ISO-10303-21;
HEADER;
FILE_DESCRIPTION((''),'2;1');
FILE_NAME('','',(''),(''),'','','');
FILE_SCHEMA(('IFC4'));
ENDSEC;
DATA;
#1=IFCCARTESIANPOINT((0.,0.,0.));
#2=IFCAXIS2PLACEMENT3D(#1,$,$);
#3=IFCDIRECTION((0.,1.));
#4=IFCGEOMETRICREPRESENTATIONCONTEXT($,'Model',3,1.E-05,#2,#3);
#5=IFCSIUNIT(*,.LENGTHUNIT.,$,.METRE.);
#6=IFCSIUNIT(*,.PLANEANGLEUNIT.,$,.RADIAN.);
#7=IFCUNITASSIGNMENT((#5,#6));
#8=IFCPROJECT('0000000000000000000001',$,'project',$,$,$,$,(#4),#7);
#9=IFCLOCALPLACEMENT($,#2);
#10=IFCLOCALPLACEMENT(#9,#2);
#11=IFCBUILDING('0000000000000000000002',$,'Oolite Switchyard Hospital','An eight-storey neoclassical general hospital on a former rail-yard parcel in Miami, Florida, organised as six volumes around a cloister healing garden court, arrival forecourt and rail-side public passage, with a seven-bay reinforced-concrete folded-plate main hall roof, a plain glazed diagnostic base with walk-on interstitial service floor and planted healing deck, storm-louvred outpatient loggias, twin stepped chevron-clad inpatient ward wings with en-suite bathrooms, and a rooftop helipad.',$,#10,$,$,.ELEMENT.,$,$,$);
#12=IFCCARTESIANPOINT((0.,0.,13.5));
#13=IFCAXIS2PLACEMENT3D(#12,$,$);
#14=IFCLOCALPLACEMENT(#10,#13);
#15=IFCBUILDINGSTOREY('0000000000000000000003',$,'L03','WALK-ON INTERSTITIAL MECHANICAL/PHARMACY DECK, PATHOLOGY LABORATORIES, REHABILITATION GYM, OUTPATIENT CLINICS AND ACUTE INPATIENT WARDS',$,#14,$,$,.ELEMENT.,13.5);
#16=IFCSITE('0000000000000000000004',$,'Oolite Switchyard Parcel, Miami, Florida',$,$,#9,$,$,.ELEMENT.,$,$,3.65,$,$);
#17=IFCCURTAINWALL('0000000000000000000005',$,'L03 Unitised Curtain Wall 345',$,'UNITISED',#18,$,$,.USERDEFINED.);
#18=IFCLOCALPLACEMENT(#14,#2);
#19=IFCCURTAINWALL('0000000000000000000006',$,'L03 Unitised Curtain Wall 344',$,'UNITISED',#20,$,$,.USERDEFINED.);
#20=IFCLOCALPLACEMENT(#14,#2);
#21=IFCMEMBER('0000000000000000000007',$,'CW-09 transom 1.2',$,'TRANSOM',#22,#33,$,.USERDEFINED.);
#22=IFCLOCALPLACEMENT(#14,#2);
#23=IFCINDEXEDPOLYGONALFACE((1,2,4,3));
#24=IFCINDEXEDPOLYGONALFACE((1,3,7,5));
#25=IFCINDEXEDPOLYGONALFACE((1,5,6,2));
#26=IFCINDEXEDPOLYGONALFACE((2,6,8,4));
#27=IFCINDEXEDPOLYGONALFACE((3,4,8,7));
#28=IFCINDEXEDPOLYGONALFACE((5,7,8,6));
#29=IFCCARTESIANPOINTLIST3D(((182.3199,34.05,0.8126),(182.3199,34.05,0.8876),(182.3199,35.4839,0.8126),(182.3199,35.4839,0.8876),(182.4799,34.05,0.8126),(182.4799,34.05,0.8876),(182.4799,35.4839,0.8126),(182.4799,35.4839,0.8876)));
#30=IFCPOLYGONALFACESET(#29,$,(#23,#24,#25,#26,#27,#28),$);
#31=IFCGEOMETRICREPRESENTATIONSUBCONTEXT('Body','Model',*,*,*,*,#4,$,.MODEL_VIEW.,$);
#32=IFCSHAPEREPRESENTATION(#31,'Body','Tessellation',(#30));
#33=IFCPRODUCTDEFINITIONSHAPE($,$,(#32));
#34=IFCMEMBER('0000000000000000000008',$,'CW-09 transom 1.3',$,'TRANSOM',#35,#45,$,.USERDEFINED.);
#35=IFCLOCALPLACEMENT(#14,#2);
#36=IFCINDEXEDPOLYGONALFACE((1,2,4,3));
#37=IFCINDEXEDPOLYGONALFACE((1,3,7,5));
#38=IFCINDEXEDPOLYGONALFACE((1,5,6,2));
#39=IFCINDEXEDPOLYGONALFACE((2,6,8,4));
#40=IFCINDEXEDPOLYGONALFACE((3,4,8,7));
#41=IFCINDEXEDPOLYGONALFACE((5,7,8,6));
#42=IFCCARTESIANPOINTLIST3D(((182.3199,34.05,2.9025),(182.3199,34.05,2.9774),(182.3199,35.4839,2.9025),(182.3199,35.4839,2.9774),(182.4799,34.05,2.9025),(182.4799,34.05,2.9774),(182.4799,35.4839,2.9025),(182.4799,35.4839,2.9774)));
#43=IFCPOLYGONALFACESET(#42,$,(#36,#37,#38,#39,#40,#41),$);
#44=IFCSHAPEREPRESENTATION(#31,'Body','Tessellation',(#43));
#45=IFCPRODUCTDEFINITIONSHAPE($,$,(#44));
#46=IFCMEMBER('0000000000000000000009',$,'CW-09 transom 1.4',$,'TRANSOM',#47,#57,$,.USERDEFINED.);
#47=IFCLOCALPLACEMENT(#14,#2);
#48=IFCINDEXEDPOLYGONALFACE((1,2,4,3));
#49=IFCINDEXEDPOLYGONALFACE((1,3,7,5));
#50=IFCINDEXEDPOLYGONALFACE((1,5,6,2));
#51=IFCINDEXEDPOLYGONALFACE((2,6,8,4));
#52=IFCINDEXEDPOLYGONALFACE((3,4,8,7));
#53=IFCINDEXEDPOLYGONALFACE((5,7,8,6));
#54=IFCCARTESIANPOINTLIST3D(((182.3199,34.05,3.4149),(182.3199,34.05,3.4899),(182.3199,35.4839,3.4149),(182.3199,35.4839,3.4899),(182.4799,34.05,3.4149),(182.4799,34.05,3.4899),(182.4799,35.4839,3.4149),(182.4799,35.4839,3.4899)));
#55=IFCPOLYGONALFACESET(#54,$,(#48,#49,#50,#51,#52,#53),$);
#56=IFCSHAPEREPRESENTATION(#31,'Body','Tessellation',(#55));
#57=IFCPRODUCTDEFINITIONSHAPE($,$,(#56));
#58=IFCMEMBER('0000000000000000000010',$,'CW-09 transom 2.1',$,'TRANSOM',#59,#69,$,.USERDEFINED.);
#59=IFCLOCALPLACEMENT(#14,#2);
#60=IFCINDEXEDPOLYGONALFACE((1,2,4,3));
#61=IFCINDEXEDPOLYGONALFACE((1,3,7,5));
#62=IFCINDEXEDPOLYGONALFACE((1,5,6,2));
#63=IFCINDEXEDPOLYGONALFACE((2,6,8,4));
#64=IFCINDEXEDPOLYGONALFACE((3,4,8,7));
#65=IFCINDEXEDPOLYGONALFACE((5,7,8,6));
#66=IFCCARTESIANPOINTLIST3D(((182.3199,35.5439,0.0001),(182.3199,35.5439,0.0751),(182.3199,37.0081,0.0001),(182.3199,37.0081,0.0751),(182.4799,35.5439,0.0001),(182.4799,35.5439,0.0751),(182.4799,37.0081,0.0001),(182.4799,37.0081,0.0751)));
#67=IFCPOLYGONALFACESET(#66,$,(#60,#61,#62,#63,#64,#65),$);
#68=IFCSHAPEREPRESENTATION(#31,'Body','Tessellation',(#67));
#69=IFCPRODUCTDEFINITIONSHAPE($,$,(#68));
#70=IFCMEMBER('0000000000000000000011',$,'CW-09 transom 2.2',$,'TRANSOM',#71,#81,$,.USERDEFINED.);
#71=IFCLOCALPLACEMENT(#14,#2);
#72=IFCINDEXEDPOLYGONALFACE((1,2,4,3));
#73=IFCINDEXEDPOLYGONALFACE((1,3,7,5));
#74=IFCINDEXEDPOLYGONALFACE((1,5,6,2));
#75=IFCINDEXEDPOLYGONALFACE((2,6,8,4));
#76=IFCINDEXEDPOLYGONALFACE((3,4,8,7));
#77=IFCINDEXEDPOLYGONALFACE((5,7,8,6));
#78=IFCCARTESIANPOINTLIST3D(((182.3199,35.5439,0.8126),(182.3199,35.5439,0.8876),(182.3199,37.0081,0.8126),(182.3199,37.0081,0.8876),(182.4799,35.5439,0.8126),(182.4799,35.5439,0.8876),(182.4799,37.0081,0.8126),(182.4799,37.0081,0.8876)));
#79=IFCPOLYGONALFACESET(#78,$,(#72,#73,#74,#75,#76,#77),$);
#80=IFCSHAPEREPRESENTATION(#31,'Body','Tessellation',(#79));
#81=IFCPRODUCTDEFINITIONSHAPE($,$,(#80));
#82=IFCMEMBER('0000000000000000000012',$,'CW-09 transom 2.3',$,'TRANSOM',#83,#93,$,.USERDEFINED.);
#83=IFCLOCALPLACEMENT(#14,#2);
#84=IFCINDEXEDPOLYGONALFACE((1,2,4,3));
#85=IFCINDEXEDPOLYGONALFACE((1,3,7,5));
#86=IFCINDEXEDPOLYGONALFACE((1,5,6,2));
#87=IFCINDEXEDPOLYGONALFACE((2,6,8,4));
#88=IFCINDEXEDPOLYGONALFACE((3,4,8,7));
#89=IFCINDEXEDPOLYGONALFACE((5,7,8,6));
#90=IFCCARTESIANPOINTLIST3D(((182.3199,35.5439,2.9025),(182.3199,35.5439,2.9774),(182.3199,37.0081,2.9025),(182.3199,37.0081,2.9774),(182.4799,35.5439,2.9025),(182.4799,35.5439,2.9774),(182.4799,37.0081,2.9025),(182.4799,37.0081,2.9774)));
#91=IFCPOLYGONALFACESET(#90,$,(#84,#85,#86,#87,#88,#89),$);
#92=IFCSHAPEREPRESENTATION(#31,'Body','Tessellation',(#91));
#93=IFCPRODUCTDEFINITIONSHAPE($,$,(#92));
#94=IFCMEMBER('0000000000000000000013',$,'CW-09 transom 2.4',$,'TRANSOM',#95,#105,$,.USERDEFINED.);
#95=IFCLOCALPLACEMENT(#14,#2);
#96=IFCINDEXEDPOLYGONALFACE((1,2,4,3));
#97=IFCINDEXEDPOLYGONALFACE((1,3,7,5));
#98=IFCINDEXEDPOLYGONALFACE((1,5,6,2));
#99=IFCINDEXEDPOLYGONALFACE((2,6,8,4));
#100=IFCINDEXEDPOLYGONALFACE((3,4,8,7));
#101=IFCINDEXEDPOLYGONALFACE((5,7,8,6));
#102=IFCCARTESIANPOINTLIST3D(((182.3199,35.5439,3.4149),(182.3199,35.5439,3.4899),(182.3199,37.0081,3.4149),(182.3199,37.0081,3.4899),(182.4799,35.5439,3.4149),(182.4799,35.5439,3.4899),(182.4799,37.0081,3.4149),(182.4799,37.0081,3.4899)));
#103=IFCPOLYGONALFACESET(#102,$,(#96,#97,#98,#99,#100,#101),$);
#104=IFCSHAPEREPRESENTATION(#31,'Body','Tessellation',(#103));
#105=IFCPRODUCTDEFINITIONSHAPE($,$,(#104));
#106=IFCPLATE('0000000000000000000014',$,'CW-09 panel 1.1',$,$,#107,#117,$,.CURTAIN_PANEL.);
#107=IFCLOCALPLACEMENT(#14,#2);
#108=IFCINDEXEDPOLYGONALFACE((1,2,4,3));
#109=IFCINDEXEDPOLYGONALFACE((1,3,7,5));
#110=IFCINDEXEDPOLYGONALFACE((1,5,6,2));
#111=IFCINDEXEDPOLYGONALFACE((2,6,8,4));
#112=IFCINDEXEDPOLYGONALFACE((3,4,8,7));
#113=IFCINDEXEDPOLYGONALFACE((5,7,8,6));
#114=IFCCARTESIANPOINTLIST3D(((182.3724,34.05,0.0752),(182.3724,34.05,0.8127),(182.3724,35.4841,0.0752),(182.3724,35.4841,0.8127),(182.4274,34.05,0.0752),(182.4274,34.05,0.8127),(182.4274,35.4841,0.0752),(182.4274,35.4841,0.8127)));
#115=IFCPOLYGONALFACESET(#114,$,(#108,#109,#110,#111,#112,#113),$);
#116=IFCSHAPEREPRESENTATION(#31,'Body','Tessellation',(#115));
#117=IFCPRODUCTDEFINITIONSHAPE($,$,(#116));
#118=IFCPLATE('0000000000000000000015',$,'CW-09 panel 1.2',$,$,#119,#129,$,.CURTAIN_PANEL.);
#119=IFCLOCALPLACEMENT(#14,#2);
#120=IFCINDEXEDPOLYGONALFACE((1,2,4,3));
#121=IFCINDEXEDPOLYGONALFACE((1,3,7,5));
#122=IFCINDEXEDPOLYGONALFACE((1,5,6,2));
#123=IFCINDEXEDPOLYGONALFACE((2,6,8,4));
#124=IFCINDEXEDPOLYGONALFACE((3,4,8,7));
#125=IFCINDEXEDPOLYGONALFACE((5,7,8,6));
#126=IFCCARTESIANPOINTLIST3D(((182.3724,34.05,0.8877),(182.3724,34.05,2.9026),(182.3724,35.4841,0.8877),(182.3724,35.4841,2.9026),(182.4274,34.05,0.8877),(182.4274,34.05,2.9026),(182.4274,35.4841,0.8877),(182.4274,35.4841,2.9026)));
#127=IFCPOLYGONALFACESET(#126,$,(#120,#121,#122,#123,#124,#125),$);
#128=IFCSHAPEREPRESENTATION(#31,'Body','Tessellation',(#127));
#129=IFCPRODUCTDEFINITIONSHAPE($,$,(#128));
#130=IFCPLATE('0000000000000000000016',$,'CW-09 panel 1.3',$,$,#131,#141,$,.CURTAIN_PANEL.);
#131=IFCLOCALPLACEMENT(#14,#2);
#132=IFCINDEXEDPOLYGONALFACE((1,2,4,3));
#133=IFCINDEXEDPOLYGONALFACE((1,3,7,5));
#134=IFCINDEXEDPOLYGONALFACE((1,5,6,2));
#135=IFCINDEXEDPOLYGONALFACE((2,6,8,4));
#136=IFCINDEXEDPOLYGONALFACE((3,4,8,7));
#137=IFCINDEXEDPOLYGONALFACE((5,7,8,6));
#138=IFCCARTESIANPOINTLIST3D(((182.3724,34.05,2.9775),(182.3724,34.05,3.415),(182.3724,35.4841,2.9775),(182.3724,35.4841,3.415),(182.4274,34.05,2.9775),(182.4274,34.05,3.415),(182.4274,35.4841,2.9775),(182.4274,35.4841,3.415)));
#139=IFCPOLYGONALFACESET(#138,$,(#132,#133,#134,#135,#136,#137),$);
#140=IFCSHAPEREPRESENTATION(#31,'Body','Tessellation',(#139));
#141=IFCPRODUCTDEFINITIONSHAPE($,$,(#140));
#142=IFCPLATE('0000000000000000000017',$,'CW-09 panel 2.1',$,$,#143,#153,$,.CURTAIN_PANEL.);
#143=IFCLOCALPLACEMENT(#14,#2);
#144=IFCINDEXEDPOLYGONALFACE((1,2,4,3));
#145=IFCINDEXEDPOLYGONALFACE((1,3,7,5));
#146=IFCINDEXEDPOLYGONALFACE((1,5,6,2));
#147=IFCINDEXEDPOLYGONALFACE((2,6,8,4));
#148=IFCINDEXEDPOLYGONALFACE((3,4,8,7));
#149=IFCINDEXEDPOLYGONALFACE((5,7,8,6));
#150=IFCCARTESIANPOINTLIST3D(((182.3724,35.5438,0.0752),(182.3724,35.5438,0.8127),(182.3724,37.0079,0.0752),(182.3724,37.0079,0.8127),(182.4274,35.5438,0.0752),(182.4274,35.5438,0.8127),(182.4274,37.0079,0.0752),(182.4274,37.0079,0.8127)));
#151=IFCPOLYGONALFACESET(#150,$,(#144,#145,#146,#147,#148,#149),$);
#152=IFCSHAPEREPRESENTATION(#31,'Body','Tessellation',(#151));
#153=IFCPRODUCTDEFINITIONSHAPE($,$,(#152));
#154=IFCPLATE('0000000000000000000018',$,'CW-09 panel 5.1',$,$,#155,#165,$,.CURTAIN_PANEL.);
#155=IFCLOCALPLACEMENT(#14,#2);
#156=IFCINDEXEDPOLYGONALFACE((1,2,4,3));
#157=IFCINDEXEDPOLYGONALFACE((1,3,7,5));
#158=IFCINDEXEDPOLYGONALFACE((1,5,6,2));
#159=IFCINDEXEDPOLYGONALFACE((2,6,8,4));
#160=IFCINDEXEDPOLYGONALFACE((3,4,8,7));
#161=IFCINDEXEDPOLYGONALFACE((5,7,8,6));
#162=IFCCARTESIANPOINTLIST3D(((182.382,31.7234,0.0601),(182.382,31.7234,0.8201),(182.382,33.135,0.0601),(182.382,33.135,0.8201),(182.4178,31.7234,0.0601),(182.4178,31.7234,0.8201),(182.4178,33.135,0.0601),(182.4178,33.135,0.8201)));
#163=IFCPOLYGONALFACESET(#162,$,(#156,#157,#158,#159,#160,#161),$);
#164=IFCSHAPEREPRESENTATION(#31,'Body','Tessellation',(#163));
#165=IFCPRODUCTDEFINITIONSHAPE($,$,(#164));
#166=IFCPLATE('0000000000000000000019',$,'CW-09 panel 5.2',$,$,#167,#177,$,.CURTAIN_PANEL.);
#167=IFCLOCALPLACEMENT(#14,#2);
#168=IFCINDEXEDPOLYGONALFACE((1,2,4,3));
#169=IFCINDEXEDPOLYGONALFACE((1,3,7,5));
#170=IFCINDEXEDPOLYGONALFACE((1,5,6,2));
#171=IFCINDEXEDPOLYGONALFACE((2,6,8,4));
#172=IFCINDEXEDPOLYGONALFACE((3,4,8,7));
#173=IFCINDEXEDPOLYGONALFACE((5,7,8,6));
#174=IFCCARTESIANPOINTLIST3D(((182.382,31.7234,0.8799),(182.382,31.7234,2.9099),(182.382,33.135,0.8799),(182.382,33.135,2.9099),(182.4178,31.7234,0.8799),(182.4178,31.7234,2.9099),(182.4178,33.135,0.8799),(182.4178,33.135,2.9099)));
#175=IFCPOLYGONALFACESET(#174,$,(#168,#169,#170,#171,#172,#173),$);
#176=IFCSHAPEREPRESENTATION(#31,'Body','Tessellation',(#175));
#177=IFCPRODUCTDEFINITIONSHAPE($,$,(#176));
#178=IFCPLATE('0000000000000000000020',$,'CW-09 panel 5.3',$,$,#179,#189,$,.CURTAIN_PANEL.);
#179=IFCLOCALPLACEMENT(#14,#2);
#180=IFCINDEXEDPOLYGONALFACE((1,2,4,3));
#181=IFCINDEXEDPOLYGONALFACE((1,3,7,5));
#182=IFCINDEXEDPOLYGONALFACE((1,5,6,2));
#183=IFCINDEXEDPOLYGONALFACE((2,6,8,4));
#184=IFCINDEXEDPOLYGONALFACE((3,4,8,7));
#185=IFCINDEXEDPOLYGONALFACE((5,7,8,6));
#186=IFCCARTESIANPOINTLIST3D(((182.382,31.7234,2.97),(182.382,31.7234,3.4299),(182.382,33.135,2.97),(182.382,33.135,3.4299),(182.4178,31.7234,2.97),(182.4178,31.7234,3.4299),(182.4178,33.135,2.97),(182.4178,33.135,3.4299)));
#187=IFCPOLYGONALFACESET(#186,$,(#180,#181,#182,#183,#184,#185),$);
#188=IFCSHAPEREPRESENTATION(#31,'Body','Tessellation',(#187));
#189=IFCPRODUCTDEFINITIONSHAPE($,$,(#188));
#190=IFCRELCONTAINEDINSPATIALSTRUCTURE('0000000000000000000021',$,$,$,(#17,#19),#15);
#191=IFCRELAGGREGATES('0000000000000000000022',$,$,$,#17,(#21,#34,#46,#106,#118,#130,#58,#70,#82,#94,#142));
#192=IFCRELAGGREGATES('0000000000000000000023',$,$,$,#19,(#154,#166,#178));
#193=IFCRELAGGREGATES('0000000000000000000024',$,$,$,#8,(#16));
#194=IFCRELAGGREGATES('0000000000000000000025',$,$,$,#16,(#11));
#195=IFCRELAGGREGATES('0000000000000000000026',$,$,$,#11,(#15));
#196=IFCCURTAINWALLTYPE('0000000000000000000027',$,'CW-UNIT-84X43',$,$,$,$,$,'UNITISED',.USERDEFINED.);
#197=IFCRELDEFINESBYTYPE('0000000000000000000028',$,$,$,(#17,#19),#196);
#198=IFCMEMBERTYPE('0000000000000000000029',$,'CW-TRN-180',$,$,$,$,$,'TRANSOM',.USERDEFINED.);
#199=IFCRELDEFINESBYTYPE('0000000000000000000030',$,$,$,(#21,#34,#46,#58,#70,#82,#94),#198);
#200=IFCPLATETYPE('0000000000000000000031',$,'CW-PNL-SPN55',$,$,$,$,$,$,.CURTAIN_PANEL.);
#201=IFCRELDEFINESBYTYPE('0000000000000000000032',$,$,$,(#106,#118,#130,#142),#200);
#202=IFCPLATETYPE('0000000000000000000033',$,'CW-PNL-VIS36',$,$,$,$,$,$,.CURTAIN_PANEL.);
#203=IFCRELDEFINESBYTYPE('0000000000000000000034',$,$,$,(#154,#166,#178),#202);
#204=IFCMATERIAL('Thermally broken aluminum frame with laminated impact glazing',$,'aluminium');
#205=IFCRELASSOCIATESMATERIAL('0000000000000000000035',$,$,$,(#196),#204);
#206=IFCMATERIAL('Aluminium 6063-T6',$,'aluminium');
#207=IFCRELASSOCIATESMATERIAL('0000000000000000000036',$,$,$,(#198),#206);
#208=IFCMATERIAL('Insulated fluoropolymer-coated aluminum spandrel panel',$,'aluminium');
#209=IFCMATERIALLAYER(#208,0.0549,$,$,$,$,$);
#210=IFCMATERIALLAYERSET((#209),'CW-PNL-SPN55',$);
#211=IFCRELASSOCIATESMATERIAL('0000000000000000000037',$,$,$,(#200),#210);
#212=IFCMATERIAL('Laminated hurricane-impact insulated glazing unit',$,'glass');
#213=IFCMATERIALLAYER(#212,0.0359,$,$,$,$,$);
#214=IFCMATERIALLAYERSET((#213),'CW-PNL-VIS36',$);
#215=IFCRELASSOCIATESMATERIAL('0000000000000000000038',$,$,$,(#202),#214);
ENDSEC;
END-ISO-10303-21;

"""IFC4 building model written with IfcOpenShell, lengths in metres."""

from ifc_helpers import new_model, si_unit, direction, frame, origin, origin_2d, place, context, subcontext, project, spatial, rectangle, extrude, material, layer, layer_set, material_profile, profile_set, type_object, element, aggregate, save


model = new_model("IFC4")

# Units and contexts
model_context = context("Model", 3, precision=1e-05, world=origin(), true_north=direction((0.0, 1.0)))
body_context = subcontext(model_context, "Body", "Model", "MODEL_VIEW")
ifc_project = project(units=[si_unit("LENGTHUNIT", "METRE"), si_unit("PLANEANGLEUNIT", "RADIAN")], contexts=[model_context])

# Site, building, storey
site_placement = place(None, origin())
site = spatial("IfcSite", under=ifc_project, at=site_placement, Name="Oolite Switchyard Parcel, Miami, Florida", CompositionType="ELEMENT", RefElevation=3.65)
building_placement = place(site_placement, origin())
building = spatial("IfcBuilding", under=site, at=building_placement, Name="Oolite Switchyard Hospital", Description="An eight-storey neoclassical general hospital on a former rail-yard parcel in Miami, Florida, organised as six volumes around a cloister healing garden court, arrival forecourt and rail-side public passage, with a seven-bay reinforced-concrete folded-plate main hall roof, a plain glazed diagnostic base with walk-on interstitial service floor and planted healing deck, storm-louvred outpatient loggias, twin stepped chevron-clad inpatient ward wings with en-suite bathrooms, and a rooftop helipad.", CompositionType="ELEMENT")
storey_placement = place(building_placement, frame((0.0, 0.0, 13.5)))
storey = spatial("IfcBuildingStorey", under=building, at=storey_placement, Name="L03", Description="WALK-ON INTERSTITIAL MECHANICAL/PHARMACY DECK, PATHOLOGY LABORATORIES, REHABILITATION GYM, OUTPATIENT CLINICS AND ACUTE INPATIENT WARDS", CompositionType="ELEMENT", Elevation=13.5)

# Curtain walls
ifc_material_1 = material(Name="Thermally broken aluminum frame with laminated impact glazing", Category="aluminium")
curtain_wall_type = type_object("IfcCurtainWallType", Name="CW-UNIT-84X43", ElementType="UNITISED", PredefinedType="USERDEFINED", material=ifc_material_1)
curtain_wall_1_placement = place(storey_placement, origin())
curtain_wall_1 = element("IfcCurtainWall", 1, at=curtain_wall_1_placement, inside=storey, type_object=curtain_wall_type, Name="L03 Unitised Curtain Wall 345", ObjectType="UNITISED", PredefinedType="USERDEFINED")
ifc_material_2 = material(Name="Aluminium 6063-T6", Category="aluminium")
curtain_wall_2_placement = place(storey_placement, origin())
curtain_wall_2 = element("IfcCurtainWall", 2, at=curtain_wall_2_placement, inside=storey, type_object=curtain_wall_type, Name="L03 Unitised Curtain Wall 344", ObjectType="UNITISED", PredefinedType="USERDEFINED")

# Members
ifc_material_profile_1 = material_profile(ifc_material_2, rectangle(XDim=0.1599, YDim=0.075, at=origin_2d()), Name="CWT75X160")
ifc_profile_set_1 = profile_set([ifc_material_profile_1], Name="Aluminium 6063-T6")
member_type_1 = type_object("IfcMemberType", Name="CW-TRN-180", ElementType="TRANSOM", PredefinedType="USERDEFINED", material=ifc_profile_set_1)
member_1_placement = place(storey_placement, frame((182.3999, 34.05, 0.8501), z_axis=(0.0, 1.0, 0.0), x_axis=(-1.0, 0.0, 0.0)))
member_1 = element("IfcMember", 3, at=member_1_placement, type_object=member_type_1, Name="CW-09 transom 1.2", ObjectType="TRANSOM", PredefinedType="USERDEFINED", context=body_context, shape_type="SweptSolid", body=[
    extrude(rectangle(XDim=0.1599, YDim=0.075, at=origin_2d()), origin(), (0.0, 0.0, 1.0), 1.4338),
])
member_2_placement = place(storey_placement, frame((182.3999, 34.05, 2.9399), z_axis=(0.0, 1.0, 0.0), x_axis=(-1.0, 0.0, 0.0)))
member_2 = element("IfcMember", 4, at=member_2_placement, type_object=member_type_1, Name="CW-09 transom 1.3", ObjectType="TRANSOM", PredefinedType="USERDEFINED", context=body_context, shape_type="SweptSolid", body=[
    extrude(rectangle(XDim=0.1599, YDim=0.075, at=origin_2d()), origin(), (0.0, 0.0, 1.0), 1.4338),
])
member_3_placement = place(storey_placement, frame((182.3999, 34.05, 3.4524), z_axis=(0.0, 1.0, 0.0), x_axis=(-1.0, 0.0, 0.0)))
member_3 = element("IfcMember", 5, at=member_3_placement, type_object=member_type_1, Name="CW-09 transom 1.4", ObjectType="TRANSOM", PredefinedType="USERDEFINED", context=body_context, shape_type="SweptSolid", body=[
    extrude(rectangle(XDim=0.1599, YDim=0.075, at=origin_2d()), origin(), (0.0, 0.0, 1.0), 1.4338),
])
member_4_placement = place(storey_placement, frame((182.3999, 35.5439, 0.0376), z_axis=(0.0, 1.0, 0.0), x_axis=(-1.0, 0.0, 0.0)))
member_4 = element("IfcMember", 6, at=member_4_placement, type_object=member_type_1, Name="CW-09 transom 2.1", ObjectType="TRANSOM", PredefinedType="USERDEFINED", context=body_context, shape_type="SweptSolid", body=[
    extrude(rectangle(XDim=0.1599, YDim=0.075, at=origin_2d()), origin(), (0.0, 0.0, 1.0), 1.4641),
])
member_5_placement = place(storey_placement, frame((182.3999, 35.5439, 0.8501), z_axis=(0.0, 1.0, 0.0), x_axis=(-1.0, 0.0, 0.0)))
member_5 = element("IfcMember", 7, at=member_5_placement, type_object=member_type_1, Name="CW-09 transom 2.2", ObjectType="TRANSOM", PredefinedType="USERDEFINED", context=body_context, shape_type="SweptSolid", body=[
    extrude(rectangle(XDim=0.1599, YDim=0.075, at=origin_2d()), origin(), (0.0, 0.0, 1.0), 1.4641),
])
member_6_placement = place(storey_placement, frame((182.3999, 35.5439, 2.9399), z_axis=(0.0, 1.0, 0.0), x_axis=(-1.0, 0.0, 0.0)))
member_6 = element("IfcMember", 8, at=member_6_placement, type_object=member_type_1, Name="CW-09 transom 2.3", ObjectType="TRANSOM", PredefinedType="USERDEFINED", context=body_context, shape_type="SweptSolid", body=[
    extrude(rectangle(XDim=0.1599, YDim=0.075, at=origin_2d()), origin(), (0.0, 0.0, 1.0), 1.4641),
])
member_7_placement = place(storey_placement, frame((182.3999, 35.5439, 3.4524), z_axis=(0.0, 1.0, 0.0), x_axis=(-1.0, 0.0, 0.0)))
member_7 = element("IfcMember", 9, at=member_7_placement, type_object=member_type_1, Name="CW-09 transom 2.4", ObjectType="TRANSOM", PredefinedType="USERDEFINED", context=body_context, shape_type="SweptSolid", body=[
    extrude(rectangle(XDim=0.1599, YDim=0.075, at=origin_2d()), origin(), (0.0, 0.0, 1.0), 1.4641),
])

# Plates
ifc_material_3 = material(Name="Insulated fluoropolymer-coated aluminum spandrel panel", Category="aluminium")
ifc_layer_1 = layer(ifc_material_3, 0.0549)
ifc_layer_set_1 = layer_set([ifc_layer_1], Name="CW-PNL-SPN55")
plate_type_1 = type_object("IfcPlateType", Name="CW-PNL-SPN55", PredefinedType="CURTAIN_PANEL", material=ifc_layer_set_1)
plate_1_placement = place(storey_placement, frame((182.3999, 34.7671, 0.0752), z_axis=(0.0, 0.0, 1.0), x_axis=(0.0, 1.0, 0.0)))
plate_1 = element("IfcPlate", 10, at=plate_1_placement, type_object=plate_type_1, Name="CW-09 panel 1.1", PredefinedType="CURTAIN_PANEL", context=body_context, shape_type="SweptSolid", body=[
    extrude(rectangle(XDim=1.4341, YDim=0.0549, at=origin_2d()), origin(), (0.0, 0.0, 1.0), 0.7375),
])
plate_2_placement = place(storey_placement, frame((182.3999, 34.7671, 0.8877), z_axis=(0.0, 0.0, 1.0), x_axis=(0.0, 1.0, 0.0)))
plate_2 = element("IfcPlate", 11, at=plate_2_placement, type_object=plate_type_1, Name="CW-09 panel 1.2", PredefinedType="CURTAIN_PANEL", context=body_context, shape_type="SweptSolid", body=[
    extrude(rectangle(XDim=1.4341, YDim=0.0549, at=origin_2d()), origin(), (0.0, 0.0, 1.0), 2.0149),
])
plate_3_placement = place(storey_placement, frame((182.3999, 34.7671, 2.9775), z_axis=(0.0, 0.0, 1.0), x_axis=(0.0, 1.0, 0.0)))
plate_3 = element("IfcPlate", 12, at=plate_3_placement, type_object=plate_type_1, Name="CW-09 panel 1.3", PredefinedType="CURTAIN_PANEL", context=body_context, shape_type="SweptSolid", body=[
    extrude(rectangle(XDim=1.4341, YDim=0.0549, at=origin_2d()), origin(), (0.0, 0.0, 1.0), 0.4375),
])
plate_4_placement = place(storey_placement, frame((182.3999, 36.2759, 0.0752), z_axis=(0.0, 0.0, 1.0), x_axis=(0.0, 1.0, 0.0)))
plate_4 = element("IfcPlate", 13, at=plate_4_placement, type_object=plate_type_1, Name="CW-09 panel 2.1", PredefinedType="CURTAIN_PANEL", context=body_context, shape_type="SweptSolid", body=[
    extrude(rectangle(XDim=1.4641, YDim=0.0549, at=origin_2d()), origin(), (0.0, 0.0, 1.0), 0.7375),
])
aggregate(curtain_wall_1, [member_1, member_2, member_3, plate_1, plate_2, plate_3, member_4, member_5, member_6, member_7, plate_4])
ifc_material_4 = material(Name="Laminated hurricane-impact insulated glazing unit", Category="glass")
ifc_layer_2 = layer(ifc_material_4, 0.0359)
ifc_layer_set_2 = layer_set([ifc_layer_2], Name="CW-PNL-VIS36")
plate_type_2 = type_object("IfcPlateType", Name="CW-PNL-VIS36", PredefinedType="CURTAIN_PANEL", material=ifc_layer_set_2)
plate_5_placement = place(storey_placement, frame((182.3999, 32.4292, 0.0601), z_axis=(0.0, 0.0, 1.0), x_axis=(0.0, 1.0, 0.0)))
plate_5 = element("IfcPlate", 14, at=plate_5_placement, type_object=plate_type_2, Name="CW-09 panel 5.1", PredefinedType="CURTAIN_PANEL", context=body_context, shape_type="SweptSolid", body=[
    extrude(rectangle(XDim=1.4116, YDim=0.0359, at=origin_2d()), origin(), (0.0, 0.0, 1.0), 0.76),
])
plate_6_placement = place(storey_placement, frame((182.3999, 32.4292, 0.8799), z_axis=(0.0, 0.0, 1.0), x_axis=(0.0, 1.0, 0.0)))
plate_6 = element("IfcPlate", 15, at=plate_6_placement, type_object=plate_type_2, Name="CW-09 panel 5.2", PredefinedType="CURTAIN_PANEL", context=body_context, shape_type="SweptSolid", body=[
    extrude(rectangle(XDim=1.4116, YDim=0.0359, at=origin_2d()), origin(), (0.0, 0.0, 1.0), 2.03),
])
plate_7_placement = place(storey_placement, frame((182.3999, 32.4292, 2.97), z_axis=(0.0, 0.0, 1.0), x_axis=(0.0, 1.0, 0.0)))
plate_7 = element("IfcPlate", 16, at=plate_7_placement, type_object=plate_type_2, Name="CW-09 panel 5.3", PredefinedType="CURTAIN_PANEL", context=body_context, shape_type="SweptSolid", body=[
    extrude(rectangle(XDim=1.4116, YDim=0.0359, at=origin_2d()), origin(), (0.0, 0.0, 1.0), 0.46),
])
aggregate(curtain_wall_2, [plate_5, plate_6, plate_7])

save(model, "model.ifc")
